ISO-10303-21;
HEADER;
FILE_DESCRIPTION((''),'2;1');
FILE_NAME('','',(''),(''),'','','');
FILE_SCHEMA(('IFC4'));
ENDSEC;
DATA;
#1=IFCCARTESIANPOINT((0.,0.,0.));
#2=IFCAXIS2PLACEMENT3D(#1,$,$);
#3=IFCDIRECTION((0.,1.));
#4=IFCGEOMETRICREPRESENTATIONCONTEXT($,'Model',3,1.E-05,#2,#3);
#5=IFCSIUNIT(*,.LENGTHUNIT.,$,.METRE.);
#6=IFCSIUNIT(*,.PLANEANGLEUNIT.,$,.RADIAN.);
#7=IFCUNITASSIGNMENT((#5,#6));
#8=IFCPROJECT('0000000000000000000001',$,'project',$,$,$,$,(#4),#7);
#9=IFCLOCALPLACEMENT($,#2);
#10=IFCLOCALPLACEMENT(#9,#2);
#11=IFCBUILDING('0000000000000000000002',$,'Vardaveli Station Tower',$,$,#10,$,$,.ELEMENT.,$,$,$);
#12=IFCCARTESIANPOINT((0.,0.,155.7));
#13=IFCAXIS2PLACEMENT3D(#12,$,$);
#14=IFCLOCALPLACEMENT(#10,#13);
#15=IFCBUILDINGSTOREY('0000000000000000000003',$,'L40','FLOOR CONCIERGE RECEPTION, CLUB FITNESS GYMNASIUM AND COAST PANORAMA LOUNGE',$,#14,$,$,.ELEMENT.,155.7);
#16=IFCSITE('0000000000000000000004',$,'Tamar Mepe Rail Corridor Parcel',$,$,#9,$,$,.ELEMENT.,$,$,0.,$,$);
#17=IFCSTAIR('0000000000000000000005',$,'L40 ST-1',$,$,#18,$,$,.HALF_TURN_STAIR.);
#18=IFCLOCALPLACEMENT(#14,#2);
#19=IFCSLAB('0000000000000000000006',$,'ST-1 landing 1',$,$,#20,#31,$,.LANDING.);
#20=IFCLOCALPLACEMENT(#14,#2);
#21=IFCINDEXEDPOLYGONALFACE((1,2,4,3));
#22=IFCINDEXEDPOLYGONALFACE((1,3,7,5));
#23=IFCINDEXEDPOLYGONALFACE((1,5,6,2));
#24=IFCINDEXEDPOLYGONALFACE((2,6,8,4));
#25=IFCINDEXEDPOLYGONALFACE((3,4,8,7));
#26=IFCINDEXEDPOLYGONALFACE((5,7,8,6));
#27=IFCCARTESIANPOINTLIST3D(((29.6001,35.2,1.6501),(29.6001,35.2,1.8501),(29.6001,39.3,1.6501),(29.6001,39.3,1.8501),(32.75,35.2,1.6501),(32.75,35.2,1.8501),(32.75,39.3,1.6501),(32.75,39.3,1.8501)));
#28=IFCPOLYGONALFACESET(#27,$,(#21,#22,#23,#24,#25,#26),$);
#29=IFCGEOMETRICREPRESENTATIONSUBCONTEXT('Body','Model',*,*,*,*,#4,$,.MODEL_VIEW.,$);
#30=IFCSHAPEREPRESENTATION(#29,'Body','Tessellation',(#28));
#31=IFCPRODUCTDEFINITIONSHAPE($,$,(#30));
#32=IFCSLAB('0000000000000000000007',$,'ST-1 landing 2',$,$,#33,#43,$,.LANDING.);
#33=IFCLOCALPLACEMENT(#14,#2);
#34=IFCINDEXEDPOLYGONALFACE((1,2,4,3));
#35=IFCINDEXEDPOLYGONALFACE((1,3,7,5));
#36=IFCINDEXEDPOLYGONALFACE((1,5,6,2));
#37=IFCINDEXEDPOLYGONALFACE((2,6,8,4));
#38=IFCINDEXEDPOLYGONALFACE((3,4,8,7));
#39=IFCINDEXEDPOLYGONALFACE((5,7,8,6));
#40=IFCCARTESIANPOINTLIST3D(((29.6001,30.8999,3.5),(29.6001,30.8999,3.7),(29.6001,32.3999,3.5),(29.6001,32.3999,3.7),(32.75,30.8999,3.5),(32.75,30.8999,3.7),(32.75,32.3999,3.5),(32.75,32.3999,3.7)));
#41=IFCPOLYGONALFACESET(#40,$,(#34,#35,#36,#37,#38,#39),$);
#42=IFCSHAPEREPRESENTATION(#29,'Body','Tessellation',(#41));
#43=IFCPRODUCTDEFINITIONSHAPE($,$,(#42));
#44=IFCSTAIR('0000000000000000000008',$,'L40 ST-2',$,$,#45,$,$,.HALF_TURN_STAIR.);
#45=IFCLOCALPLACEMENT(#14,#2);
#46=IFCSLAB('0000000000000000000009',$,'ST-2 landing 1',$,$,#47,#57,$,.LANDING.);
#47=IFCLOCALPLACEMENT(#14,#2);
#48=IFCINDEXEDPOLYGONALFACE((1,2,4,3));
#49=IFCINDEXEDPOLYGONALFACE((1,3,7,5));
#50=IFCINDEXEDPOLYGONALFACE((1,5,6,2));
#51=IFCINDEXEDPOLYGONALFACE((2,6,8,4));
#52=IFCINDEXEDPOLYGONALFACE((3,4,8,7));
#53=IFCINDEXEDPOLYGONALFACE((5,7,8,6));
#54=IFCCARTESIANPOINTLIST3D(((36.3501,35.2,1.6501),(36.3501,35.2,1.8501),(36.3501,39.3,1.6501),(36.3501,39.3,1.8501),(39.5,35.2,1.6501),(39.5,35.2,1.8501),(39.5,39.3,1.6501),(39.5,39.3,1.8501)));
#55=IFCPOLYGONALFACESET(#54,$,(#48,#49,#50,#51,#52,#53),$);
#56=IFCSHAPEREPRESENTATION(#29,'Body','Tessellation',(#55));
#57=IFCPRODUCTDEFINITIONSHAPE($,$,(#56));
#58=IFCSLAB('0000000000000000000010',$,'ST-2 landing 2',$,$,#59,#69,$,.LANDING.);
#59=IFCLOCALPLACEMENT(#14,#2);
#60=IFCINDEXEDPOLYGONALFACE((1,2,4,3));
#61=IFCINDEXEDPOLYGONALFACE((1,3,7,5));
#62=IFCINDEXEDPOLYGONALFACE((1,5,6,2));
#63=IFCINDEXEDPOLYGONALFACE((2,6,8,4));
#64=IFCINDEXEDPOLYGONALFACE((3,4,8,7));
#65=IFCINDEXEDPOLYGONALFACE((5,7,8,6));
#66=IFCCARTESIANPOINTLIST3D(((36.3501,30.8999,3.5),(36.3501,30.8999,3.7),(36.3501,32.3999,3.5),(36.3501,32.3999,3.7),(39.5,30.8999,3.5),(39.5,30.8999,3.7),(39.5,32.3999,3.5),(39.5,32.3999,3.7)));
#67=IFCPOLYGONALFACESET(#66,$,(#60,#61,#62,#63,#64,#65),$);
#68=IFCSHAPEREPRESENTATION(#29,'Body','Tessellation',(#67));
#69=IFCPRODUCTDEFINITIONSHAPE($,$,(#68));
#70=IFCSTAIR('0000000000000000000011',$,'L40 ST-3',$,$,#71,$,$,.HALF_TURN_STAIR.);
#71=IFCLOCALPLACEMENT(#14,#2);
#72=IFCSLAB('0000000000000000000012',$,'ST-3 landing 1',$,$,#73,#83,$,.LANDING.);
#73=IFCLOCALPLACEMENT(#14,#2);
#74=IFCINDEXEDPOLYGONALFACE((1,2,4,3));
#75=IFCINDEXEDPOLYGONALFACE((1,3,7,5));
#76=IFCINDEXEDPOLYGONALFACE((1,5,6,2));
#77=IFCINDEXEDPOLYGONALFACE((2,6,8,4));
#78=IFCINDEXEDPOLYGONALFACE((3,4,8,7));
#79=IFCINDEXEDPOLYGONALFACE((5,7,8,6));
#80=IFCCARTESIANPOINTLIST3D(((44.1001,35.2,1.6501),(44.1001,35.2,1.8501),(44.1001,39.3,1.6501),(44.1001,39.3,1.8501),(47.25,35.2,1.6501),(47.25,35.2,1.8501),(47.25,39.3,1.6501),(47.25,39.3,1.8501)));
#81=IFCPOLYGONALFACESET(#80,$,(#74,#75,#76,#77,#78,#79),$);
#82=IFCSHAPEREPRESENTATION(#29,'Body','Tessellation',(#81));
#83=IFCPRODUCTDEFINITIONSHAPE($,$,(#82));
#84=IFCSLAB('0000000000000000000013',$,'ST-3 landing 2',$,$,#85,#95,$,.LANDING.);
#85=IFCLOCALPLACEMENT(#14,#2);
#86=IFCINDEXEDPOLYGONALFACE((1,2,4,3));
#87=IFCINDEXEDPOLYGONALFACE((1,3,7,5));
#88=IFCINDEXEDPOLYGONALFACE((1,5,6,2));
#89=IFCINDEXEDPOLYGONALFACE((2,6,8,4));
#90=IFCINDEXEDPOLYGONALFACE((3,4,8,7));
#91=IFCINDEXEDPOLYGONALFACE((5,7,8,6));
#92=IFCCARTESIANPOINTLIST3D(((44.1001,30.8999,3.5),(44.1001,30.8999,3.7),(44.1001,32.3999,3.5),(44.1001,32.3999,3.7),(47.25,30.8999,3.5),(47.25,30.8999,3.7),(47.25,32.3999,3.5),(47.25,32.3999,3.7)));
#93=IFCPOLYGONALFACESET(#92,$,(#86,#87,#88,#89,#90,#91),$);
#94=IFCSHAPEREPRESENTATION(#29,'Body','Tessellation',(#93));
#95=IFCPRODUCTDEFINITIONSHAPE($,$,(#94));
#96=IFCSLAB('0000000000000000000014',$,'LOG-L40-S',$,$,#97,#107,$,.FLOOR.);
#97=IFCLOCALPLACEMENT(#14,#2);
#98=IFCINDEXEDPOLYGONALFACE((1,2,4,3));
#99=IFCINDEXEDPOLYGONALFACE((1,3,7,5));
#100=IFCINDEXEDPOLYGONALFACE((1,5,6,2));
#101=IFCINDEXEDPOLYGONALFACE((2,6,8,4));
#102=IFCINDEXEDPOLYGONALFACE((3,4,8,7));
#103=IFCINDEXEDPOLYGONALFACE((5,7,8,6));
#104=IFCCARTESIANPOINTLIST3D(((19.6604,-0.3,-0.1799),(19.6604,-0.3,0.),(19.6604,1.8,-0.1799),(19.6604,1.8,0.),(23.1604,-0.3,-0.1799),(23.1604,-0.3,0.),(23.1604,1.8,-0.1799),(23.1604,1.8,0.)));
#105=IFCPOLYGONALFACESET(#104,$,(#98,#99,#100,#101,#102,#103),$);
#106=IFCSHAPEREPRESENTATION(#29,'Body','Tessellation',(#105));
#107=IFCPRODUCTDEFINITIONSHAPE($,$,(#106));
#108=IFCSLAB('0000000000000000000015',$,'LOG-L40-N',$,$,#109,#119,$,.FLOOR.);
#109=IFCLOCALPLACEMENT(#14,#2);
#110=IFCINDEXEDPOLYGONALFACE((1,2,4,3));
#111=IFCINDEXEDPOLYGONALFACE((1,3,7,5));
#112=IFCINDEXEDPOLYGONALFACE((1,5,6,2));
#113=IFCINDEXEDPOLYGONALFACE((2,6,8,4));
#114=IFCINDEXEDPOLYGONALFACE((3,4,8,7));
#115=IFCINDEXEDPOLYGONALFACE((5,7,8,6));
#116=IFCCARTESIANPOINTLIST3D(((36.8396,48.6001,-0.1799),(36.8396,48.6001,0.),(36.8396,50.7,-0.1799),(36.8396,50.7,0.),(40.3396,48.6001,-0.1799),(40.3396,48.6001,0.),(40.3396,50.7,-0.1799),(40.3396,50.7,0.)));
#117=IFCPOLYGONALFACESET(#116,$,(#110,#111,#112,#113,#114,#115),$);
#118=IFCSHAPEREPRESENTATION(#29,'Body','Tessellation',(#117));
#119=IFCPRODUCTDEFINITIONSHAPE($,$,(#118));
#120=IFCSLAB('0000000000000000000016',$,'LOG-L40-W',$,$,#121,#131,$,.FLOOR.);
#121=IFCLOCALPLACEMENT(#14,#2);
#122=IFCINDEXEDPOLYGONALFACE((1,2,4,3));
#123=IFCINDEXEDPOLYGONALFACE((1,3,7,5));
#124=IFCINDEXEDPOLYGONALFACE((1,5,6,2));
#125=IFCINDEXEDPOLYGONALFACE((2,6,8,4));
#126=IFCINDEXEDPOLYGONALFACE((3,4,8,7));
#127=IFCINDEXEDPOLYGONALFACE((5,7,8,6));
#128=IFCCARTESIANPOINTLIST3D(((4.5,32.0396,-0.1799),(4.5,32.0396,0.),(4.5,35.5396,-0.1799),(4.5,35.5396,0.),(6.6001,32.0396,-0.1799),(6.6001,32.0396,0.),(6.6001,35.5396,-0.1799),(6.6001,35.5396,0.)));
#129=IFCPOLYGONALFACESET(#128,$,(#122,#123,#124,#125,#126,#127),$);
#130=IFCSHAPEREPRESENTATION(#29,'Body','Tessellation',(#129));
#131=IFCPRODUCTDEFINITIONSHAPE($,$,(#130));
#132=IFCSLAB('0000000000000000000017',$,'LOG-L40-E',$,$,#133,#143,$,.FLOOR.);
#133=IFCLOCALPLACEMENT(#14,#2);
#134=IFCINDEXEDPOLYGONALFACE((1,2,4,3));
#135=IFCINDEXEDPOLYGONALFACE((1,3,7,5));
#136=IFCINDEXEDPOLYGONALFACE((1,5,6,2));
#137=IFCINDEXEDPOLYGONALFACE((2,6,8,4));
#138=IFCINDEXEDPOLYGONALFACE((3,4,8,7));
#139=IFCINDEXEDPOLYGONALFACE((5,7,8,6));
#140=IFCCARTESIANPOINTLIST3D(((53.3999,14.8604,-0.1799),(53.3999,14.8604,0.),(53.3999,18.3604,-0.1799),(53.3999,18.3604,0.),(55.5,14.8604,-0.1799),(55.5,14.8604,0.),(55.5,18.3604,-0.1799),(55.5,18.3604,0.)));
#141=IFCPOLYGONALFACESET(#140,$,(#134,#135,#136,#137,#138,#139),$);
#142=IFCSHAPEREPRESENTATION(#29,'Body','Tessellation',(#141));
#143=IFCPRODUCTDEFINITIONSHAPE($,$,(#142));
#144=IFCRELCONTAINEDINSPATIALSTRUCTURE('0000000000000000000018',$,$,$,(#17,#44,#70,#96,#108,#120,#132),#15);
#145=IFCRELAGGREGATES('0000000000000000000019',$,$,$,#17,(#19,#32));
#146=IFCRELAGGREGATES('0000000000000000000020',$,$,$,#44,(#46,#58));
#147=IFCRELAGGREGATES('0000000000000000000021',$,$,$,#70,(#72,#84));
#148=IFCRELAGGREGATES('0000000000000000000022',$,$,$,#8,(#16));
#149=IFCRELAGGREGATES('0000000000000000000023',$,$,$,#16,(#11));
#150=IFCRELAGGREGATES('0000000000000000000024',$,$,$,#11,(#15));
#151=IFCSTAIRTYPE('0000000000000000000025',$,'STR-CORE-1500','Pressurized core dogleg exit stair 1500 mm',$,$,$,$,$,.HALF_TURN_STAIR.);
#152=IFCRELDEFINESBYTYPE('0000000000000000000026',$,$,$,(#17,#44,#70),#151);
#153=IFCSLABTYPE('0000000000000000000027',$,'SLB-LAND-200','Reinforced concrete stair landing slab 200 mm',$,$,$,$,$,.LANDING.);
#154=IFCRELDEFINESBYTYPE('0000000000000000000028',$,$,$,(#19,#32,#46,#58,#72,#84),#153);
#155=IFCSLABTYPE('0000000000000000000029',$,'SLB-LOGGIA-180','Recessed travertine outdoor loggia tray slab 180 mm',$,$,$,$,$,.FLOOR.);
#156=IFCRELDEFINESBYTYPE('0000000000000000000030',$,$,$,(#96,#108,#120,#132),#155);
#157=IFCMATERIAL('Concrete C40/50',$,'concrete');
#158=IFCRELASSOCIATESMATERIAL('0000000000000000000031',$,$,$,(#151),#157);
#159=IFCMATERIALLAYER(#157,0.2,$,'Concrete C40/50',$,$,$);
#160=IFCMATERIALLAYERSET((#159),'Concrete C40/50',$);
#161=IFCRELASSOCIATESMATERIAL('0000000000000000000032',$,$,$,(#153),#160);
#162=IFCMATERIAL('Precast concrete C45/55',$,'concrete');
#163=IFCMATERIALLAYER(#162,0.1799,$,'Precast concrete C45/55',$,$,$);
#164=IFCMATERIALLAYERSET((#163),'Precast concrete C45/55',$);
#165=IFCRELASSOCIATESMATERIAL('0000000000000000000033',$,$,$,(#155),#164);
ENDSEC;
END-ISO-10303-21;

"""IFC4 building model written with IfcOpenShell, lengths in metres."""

from ifc_helpers import new_model, si_unit, direction, frame, origin, place, context, subcontext, project, spatial, polyline, outline, extrude, material, layer, layer_set, type_object, element, aggregate, save


model = new_model("IFC4")

# Units and contexts
model_context = context("Model", 3, precision=1e-05, world=origin(), true_north=direction((0.0, 1.0)))
body_context = subcontext(model_context, "Body", "Model", "MODEL_VIEW")
ifc_project = project(units=[si_unit("LENGTHUNIT", "METRE"), si_unit("PLANEANGLEUNIT", "RADIAN")], contexts=[model_context])

# Site, building, storey
site_placement = place(None, origin())
site = spatial("IfcSite", under=ifc_project, at=site_placement, Name="Tamar Mepe Rail Corridor Parcel", CompositionType="ELEMENT", RefElevation=0.0)
building_placement = place(site_placement, origin())
building = spatial("IfcBuilding", under=site, at=building_placement, Name="Vardaveli Station Tower", CompositionType="ELEMENT")
storey_placement = place(building_placement, frame((0.0, 0.0, 155.7)))
storey = spatial("IfcBuildingStorey", under=building, at=storey_placement, Name="L40", Description="FLOOR CONCIERGE RECEPTION, CLUB FITNESS GYMNASIUM AND COAST PANORAMA LOUNGE", CompositionType="ELEMENT", Elevation=155.7)

# Stairs, slabs
ifc_material_1 = material(Name="Concrete C40/50", Category="concrete")
stair_type = type_object("IfcStairType", Name="STR-CORE-1500", Description="Pressurized core dogleg exit stair 1500 mm", PredefinedType="HALF_TURN_STAIR", material=ifc_material_1)
stair_1_placement = place(storey_placement, origin())
stair_1 = element("IfcStair", 1, at=stair_1_placement, inside=storey, type_object=stair_type, Name="L40 ST-1", PredefinedType="HALF_TURN_STAIR")
ifc_layer_1 = layer(ifc_material_1, 0.2, Name="Concrete C40/50")
ifc_layer_set_1 = layer_set([ifc_layer_1], Name="Concrete C40/50")
slab_type_1 = type_object("IfcSlabType", Name="SLB-LAND-200", Description="Reinforced concrete stair landing slab 200 mm", PredefinedType="LANDING", material=ifc_layer_set_1)
slab_1_placement = place(storey_placement, frame((0.0, 0.0, 1.6501)))
slab_1 = element("IfcSlab", 2, at=slab_1_placement, type_object=slab_type_1, Name="ST-1 landing 1", PredefinedType="LANDING", context=body_context, shape_type="SweptSolid", body=[
    extrude(outline(polyline([(32.75, 35.2), (32.75, 39.3), (29.6001, 39.3), (29.6001, 35.2), (32.75, 35.2)])), origin(), (0.0, 0.0, 1.0), 0.2),
])
slab_2_placement = place(storey_placement, frame((0.0, 0.0, 3.5)))
slab_2 = element("IfcSlab", 3, at=slab_2_placement, type_object=slab_type_1, Name="ST-1 landing 2", PredefinedType="LANDING", context=body_context, shape_type="SweptSolid", body=[
    extrude(outline(polyline([(32.75, 30.8999), (32.75, 32.3999), (29.6001, 32.3999), (29.6001, 30.8999), (32.75, 30.8999)])), origin(), (0.0, 0.0, 1.0), 0.2),
])
aggregate(stair_1, [slab_1, slab_2])
stair_2_placement = place(storey_placement, origin())
stair_2 = element("IfcStair", 4, at=stair_2_placement, inside=storey, type_object=stair_type, Name="L40 ST-2", PredefinedType="HALF_TURN_STAIR")
slab_3_placement = place(storey_placement, frame((0.0, 0.0, 1.6501)))
slab_3 = element("IfcSlab", 5, at=slab_3_placement, type_object=slab_type_1, Name="ST-2 landing 1", PredefinedType="LANDING", context=body_context, shape_type="SweptSolid", body=[
    extrude(outline(polyline([(39.5, 35.2), (39.5, 39.3), (36.3501, 39.3), (36.3501, 35.2), (39.5, 35.2)])), origin(), (0.0, 0.0, 1.0), 0.2),
])
slab_4_placement = place(storey_placement, frame((0.0, 0.0, 3.5)))
slab_4 = element("IfcSlab", 6, at=slab_4_placement, type_object=slab_type_1, Name="ST-2 landing 2", PredefinedType="LANDING", context=body_context, shape_type="SweptSolid", body=[
    extrude(outline(polyline([(39.5, 30.8999), (39.5, 32.3999), (36.3501, 32.3999), (36.3501, 30.8999), (39.5, 30.8999)])), origin(), (0.0, 0.0, 1.0), 0.2),
])
aggregate(stair_2, [slab_3, slab_4])
stair_3_placement = place(storey_placement, origin())
stair_3 = element("IfcStair", 7, at=stair_3_placement, inside=storey, type_object=stair_type, Name="L40 ST-3", PredefinedType="HALF_TURN_STAIR")
slab_5_placement = place(storey_placement, frame((0.0, 0.0, 1.6501)))
slab_5 = element("IfcSlab", 8, at=slab_5_placement, type_object=slab_type_1, Name="ST-3 landing 1", PredefinedType="LANDING", context=body_context, shape_type="SweptSolid", body=[
    extrude(outline(polyline([(47.25, 35.2), (47.25, 39.3), (44.1001, 39.3), (44.1001, 35.2), (47.25, 35.2)])), origin(), (0.0, 0.0, 1.0), 0.2),
])
slab_6_placement = place(storey_placement, frame((0.0, 0.0, 3.5)))
slab_6 = element("IfcSlab", 9, at=slab_6_placement, type_object=slab_type_1, Name="ST-3 landing 2", PredefinedType="LANDING", context=body_context, shape_type="SweptSolid", body=[
    extrude(outline(polyline([(47.25, 30.8999), (47.25, 32.3999), (44.1001, 32.3999), (44.1001, 30.8999), (47.25, 30.8999)])), origin(), (0.0, 0.0, 1.0), 0.2),
])
aggregate(stair_3, [slab_5, slab_6])

# Slabs
ifc_material_2 = material(Name="Precast concrete C45/55", Category="concrete")
ifc_layer_2 = layer(ifc_material_2, 0.1799, Name="Precast concrete C45/55")
ifc_layer_set_2 = layer_set([ifc_layer_2], Name="Precast concrete C45/55")
slab_type_2 = type_object("IfcSlabType", Name="SLB-LOGGIA-180", Description="Recessed travertine outdoor loggia tray slab 180 mm", PredefinedType="FLOOR", material=ifc_layer_set_2)
slab_7_placement = place(storey_placement, frame((0.0, 0.0, -0.1799)))
element("IfcSlab", 10, at=slab_7_placement, inside=storey, type_object=slab_type_2, Name="LOG-L40-S", PredefinedType="FLOOR", context=body_context, shape_type="SweptSolid", body=[
    extrude(outline(polyline([(19.6604, -0.3), (23.1604, -0.3), (23.1604, 1.8), (19.6604, 1.8), (19.6604, -0.3)])), origin(), (0.0, 0.0, 1.0), 0.1799),
])
slab_8_placement = place(storey_placement, frame((0.0, 0.0, -0.1799)))
element("IfcSlab", 11, at=slab_8_placement, inside=storey, type_object=slab_type_2, Name="LOG-L40-N", PredefinedType="FLOOR", context=body_context, shape_type="SweptSolid", body=[
    extrude(outline(polyline([(36.8396, 48.6001), (40.3396, 48.6001), (40.3396, 50.7), (36.8396, 50.7), (36.8396, 48.6001)])), origin(), (0.0, 0.0, 1.0), 0.1799),
])
slab_9_placement = place(storey_placement, frame((0.0, 0.0, -0.1799)))
element("IfcSlab", 12, at=slab_9_placement, inside=storey, type_object=slab_type_2, Name="LOG-L40-W", PredefinedType="FLOOR", context=body_context, shape_type="SweptSolid", body=[
    extrude(outline(polyline([(4.5, 32.0396), (6.6001, 32.0396), (6.6001, 35.5396), (4.5, 35.5396), (4.5, 32.0396)])), origin(), (0.0, 0.0, 1.0), 0.1799),
])
slab_10_placement = place(storey_placement, frame((0.0, 0.0, -0.1799)))
element("IfcSlab", 13, at=slab_10_placement, inside=storey, type_object=slab_type_2, Name="LOG-L40-E", PredefinedType="FLOOR", context=body_context, shape_type="SweptSolid", body=[
    extrude(outline(polyline([(53.3999, 14.8604), (55.5, 14.8604), (55.5, 18.3604), (53.3999, 18.3604), (53.3999, 14.8604)])), origin(), (0.0, 0.0, 1.0), 0.1799),
])

save(model, "model.ifc")
